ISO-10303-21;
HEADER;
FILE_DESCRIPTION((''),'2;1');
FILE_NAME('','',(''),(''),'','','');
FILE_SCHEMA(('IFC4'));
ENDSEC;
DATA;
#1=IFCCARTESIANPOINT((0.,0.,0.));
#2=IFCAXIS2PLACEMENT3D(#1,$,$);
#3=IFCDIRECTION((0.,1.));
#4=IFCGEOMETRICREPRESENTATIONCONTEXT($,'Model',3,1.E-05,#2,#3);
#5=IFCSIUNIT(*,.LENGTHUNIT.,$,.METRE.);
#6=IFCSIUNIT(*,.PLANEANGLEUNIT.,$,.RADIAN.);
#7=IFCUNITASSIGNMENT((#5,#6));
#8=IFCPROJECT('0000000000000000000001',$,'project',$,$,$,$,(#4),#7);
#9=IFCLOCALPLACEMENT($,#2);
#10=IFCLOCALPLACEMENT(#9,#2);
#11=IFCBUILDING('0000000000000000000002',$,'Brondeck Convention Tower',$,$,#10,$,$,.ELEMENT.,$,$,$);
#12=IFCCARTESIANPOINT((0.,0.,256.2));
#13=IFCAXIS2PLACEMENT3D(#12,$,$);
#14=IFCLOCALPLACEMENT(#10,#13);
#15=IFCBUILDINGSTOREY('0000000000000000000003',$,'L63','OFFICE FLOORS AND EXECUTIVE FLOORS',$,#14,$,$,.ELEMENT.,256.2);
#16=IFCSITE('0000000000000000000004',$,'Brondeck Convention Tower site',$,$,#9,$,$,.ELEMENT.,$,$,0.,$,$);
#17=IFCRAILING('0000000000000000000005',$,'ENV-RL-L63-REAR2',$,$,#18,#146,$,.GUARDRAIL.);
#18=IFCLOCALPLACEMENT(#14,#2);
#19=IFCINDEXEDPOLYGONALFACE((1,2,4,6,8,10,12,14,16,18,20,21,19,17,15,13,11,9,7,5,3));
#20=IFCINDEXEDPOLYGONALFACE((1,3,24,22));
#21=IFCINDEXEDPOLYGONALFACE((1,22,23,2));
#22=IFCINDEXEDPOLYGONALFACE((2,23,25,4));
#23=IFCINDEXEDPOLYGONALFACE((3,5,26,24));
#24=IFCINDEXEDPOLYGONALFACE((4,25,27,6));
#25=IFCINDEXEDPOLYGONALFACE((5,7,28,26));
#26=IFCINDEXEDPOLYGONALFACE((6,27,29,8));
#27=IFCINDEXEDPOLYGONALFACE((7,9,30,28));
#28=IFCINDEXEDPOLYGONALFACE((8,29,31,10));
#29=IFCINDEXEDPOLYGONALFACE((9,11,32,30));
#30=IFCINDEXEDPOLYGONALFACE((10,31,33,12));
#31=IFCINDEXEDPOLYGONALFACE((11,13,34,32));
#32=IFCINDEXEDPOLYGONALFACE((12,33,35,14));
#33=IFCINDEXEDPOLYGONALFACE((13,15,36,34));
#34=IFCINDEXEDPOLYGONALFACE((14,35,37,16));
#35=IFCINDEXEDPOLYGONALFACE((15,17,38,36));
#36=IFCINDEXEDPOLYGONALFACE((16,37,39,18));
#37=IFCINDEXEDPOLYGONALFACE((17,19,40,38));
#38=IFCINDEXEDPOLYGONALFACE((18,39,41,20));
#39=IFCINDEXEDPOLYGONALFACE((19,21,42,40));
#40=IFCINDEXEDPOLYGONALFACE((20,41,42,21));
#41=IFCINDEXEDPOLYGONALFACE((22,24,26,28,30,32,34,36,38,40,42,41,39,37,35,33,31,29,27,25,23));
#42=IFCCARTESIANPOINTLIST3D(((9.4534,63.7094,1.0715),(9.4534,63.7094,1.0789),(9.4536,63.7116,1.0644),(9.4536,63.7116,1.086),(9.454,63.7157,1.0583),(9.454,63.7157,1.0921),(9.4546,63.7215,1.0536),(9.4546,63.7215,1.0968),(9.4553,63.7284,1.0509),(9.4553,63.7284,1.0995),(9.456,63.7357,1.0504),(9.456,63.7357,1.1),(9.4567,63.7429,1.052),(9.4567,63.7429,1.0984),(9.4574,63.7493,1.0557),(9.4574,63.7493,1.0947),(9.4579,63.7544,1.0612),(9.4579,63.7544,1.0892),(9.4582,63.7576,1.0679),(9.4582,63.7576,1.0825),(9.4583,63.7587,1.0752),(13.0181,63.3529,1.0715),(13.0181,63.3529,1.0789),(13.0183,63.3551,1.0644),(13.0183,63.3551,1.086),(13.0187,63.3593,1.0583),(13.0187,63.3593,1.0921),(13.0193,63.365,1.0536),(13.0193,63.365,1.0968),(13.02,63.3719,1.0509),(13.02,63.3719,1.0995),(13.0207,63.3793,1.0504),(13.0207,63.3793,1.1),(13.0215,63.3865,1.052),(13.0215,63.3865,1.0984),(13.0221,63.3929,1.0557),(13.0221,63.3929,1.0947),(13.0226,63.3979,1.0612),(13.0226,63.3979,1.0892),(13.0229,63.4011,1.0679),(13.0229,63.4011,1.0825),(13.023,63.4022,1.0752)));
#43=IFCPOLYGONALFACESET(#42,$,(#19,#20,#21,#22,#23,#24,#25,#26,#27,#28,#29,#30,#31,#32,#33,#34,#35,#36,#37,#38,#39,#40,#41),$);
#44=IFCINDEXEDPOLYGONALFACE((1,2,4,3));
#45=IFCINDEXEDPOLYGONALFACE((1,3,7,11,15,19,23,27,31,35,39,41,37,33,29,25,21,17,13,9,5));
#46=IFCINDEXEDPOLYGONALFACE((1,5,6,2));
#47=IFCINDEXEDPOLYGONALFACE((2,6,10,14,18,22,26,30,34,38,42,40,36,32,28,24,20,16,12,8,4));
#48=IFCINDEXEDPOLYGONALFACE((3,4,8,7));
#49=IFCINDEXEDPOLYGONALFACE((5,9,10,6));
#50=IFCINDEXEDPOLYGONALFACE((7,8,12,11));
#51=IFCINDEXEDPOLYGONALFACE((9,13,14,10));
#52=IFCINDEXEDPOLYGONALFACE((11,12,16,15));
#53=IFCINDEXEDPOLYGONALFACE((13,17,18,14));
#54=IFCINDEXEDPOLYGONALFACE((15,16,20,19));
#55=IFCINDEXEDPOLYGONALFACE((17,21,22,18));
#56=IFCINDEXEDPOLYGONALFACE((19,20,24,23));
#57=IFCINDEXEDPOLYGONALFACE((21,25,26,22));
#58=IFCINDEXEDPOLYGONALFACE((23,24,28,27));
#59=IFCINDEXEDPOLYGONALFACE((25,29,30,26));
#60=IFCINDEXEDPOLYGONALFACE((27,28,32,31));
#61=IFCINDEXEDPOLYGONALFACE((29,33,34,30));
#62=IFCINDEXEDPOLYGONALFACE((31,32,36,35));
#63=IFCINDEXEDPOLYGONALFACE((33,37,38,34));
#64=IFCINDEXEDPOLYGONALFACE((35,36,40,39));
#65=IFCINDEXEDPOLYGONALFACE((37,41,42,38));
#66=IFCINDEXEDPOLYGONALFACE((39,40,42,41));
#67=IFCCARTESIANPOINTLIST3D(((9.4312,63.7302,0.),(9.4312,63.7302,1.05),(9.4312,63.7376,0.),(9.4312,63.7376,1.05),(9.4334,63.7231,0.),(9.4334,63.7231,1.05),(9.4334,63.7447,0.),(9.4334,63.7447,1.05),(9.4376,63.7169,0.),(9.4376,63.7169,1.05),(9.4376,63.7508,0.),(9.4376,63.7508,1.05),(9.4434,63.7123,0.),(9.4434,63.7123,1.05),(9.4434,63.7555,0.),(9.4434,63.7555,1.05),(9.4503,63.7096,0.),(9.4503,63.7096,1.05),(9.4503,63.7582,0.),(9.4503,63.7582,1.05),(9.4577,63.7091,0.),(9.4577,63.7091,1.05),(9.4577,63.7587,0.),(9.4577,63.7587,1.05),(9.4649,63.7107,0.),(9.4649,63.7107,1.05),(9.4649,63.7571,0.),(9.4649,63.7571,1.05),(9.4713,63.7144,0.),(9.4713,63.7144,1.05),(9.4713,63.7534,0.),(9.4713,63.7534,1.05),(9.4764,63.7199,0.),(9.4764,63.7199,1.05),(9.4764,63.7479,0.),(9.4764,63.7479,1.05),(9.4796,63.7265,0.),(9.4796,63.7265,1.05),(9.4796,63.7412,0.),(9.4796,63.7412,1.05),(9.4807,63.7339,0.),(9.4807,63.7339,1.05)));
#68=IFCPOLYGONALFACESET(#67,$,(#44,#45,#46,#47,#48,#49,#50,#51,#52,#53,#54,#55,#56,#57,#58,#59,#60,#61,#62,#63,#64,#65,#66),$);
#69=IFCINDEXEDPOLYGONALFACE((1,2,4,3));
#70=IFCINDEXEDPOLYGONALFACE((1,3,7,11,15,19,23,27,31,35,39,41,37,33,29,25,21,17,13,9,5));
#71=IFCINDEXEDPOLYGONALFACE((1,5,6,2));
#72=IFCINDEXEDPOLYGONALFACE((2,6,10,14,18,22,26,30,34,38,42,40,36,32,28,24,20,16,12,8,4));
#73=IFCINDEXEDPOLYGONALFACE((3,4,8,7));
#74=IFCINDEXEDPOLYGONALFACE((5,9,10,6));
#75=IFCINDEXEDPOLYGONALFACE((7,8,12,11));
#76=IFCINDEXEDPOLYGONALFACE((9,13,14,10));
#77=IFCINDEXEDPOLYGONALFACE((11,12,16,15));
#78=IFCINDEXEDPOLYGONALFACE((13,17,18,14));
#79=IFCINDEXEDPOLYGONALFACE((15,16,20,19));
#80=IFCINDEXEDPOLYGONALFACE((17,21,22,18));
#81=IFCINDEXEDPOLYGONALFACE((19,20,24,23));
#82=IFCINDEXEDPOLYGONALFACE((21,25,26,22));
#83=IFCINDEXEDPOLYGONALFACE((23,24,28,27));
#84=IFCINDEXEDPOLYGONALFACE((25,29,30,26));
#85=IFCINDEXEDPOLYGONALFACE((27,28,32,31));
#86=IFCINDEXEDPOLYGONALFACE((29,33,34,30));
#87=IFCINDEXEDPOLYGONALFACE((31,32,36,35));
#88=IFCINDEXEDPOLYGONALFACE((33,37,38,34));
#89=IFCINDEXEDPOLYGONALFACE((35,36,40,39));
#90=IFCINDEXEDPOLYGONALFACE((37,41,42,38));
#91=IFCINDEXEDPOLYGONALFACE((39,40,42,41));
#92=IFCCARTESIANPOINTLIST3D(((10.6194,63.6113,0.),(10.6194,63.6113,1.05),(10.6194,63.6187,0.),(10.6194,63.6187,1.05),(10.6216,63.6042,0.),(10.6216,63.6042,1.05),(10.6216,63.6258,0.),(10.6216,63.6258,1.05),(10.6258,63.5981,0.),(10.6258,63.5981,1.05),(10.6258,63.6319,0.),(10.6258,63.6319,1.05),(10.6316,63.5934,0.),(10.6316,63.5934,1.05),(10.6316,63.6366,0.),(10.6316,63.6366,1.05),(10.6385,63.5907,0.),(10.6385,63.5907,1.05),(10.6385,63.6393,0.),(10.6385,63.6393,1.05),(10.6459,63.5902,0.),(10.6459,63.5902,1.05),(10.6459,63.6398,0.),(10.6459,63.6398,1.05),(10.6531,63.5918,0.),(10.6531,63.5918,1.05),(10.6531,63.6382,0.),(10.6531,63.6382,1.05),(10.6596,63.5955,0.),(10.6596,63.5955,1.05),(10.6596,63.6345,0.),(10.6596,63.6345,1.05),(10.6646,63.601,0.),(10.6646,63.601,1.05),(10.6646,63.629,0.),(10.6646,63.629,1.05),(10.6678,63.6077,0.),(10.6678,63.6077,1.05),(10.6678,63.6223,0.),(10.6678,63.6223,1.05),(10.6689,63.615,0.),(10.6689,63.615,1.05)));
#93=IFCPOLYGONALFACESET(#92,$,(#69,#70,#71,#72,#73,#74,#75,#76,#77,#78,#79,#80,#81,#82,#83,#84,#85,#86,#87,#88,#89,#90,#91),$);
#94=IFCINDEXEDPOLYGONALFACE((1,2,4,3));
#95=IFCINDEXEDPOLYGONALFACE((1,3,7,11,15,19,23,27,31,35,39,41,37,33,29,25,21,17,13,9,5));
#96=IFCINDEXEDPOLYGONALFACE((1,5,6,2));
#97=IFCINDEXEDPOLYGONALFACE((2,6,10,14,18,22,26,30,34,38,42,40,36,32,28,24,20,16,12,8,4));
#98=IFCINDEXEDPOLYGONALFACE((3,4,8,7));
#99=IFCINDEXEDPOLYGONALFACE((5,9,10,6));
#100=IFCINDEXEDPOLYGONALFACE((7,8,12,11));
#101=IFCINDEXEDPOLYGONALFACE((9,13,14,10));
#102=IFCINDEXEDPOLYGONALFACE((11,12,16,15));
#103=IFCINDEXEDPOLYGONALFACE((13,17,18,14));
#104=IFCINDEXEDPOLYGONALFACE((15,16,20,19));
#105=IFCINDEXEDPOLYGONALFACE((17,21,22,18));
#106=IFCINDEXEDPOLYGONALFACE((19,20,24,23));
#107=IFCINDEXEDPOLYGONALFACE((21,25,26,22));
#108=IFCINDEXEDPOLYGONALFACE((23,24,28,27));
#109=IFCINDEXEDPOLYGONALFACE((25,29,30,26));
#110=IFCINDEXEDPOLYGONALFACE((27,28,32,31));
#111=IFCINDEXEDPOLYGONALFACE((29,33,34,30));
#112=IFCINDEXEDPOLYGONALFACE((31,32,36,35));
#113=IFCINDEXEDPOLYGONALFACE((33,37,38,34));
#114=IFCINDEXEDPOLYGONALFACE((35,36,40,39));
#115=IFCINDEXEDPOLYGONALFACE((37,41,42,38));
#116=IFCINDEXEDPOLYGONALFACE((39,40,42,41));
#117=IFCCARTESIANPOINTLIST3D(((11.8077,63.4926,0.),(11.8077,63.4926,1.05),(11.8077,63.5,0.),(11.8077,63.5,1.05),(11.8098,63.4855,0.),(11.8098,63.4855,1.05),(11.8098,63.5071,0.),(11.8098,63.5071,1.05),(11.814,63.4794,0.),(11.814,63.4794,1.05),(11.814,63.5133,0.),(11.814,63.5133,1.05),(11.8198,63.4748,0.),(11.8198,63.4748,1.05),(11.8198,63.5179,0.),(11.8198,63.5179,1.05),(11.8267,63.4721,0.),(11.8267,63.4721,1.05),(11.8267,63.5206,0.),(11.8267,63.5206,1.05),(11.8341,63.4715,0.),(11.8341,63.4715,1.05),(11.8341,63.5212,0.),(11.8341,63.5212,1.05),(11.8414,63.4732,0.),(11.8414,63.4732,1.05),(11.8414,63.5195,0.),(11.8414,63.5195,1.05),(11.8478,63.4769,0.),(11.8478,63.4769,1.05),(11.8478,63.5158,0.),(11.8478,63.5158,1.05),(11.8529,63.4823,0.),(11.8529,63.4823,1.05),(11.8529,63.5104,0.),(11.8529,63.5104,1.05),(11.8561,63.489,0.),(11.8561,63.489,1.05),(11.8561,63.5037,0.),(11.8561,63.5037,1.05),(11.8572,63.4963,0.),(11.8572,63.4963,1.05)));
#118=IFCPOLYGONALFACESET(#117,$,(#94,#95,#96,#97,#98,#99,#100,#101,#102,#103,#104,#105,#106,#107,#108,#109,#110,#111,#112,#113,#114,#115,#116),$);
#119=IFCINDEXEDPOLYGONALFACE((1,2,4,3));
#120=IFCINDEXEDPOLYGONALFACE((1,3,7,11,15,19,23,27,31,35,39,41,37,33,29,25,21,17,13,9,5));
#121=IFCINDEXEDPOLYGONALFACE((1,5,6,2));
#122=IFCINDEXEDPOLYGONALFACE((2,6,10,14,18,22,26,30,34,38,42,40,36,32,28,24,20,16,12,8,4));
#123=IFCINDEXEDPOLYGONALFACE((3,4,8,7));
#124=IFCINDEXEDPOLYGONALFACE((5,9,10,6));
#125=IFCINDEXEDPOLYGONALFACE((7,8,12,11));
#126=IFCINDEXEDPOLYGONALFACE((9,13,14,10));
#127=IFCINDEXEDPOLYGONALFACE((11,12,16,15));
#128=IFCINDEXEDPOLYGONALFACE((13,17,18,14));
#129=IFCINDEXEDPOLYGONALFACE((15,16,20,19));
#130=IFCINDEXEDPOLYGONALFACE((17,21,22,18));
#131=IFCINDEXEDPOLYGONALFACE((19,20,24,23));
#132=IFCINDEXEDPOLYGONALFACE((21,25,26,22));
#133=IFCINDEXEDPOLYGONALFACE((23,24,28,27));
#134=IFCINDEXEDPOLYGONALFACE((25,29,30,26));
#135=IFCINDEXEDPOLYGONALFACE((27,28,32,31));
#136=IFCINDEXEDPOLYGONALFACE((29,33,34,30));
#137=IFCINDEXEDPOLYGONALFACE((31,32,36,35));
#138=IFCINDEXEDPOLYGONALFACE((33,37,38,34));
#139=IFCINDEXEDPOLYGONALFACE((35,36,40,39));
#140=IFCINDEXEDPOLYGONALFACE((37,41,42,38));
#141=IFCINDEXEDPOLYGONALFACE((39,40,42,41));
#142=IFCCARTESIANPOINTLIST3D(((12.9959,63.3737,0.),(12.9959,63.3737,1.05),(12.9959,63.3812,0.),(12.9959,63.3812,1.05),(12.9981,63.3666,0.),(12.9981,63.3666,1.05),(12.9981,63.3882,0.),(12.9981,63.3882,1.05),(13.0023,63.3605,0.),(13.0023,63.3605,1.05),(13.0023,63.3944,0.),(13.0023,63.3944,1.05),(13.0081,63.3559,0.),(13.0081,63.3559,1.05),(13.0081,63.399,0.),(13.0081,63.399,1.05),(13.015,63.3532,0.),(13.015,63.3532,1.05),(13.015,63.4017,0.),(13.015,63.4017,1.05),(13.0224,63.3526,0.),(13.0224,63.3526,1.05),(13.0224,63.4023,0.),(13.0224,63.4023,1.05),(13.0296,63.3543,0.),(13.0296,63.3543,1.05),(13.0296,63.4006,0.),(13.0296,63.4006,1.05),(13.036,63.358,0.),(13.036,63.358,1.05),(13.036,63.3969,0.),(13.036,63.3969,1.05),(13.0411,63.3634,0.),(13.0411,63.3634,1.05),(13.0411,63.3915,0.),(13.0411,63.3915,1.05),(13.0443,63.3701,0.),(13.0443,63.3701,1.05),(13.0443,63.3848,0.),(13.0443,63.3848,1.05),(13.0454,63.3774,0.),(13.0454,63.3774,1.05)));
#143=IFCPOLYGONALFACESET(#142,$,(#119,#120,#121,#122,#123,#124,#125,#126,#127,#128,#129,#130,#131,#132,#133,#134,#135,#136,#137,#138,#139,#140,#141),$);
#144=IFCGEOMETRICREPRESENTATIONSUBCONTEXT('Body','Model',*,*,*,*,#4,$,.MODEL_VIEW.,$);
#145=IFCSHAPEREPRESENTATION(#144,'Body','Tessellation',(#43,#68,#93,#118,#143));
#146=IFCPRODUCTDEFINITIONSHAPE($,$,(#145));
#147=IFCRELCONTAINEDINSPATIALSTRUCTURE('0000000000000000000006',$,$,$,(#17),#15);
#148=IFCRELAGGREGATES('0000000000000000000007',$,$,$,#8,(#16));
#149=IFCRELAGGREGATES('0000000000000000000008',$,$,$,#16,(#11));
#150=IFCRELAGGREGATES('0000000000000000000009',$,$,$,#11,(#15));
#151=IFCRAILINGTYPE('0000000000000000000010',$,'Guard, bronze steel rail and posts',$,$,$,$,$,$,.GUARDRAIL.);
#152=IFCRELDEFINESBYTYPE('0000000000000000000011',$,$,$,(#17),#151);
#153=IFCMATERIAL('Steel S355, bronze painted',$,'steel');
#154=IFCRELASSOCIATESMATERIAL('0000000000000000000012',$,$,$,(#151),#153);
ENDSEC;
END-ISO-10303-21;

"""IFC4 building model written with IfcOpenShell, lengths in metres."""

from ifc_helpers import new_model, si_unit, direction, frame, origin, origin_2d, place, context, subcontext, project, spatial, circle, extrude, material, type_object, element, save


model = new_model("IFC4")

# Units and contexts
model_context = context("Model", 3, precision=1e-05, world=origin(), true_north=direction((0.0, 1.0)))
body_context = subcontext(model_context, "Body", "Model", "MODEL_VIEW")
ifc_project = project(units=[si_unit("LENGTHUNIT", "METRE"), si_unit("PLANEANGLEUNIT", "RADIAN")], contexts=[model_context])

# Site, building, storey
site_placement = place(None, origin())
site = spatial("IfcSite", under=ifc_project, at=site_placement, Name="Brondeck Convention Tower site", CompositionType="ELEMENT", RefElevation=0.0)
building_placement = place(site_placement, origin())
building = spatial("IfcBuilding", under=site, at=building_placement, Name="Brondeck Convention Tower", CompositionType="ELEMENT")
storey_placement = place(building_placement, frame((0.0, 0.0, 256.2)))
storey = spatial("IfcBuildingStorey", under=building, at=storey_placement, Name="L63", Description="OFFICE FLOORS AND EXECUTIVE FLOORS", CompositionType="ELEMENT", Elevation=256.2)

# Railing
ifc_material_1 = material(Name="Steel S355, bronze painted", Category="steel")
railing_type_1 = type_object("IfcRailingType", Name="Guard, bronze steel rail and posts", PredefinedType="GUARDRAIL", material=ifc_material_1)
railing_1_placement = place(storey_placement, frame((9.4558, 63.7339, 0.0)))
element("IfcRailing", 1, at=railing_1_placement, inside=storey, type_object=railing_type_1, Name="ENV-RL-L63-REAR2", PredefinedType="GUARDRAIL", context=body_context, shape_type="SweptSolid", body=[
    extrude(circle(Radius=0.0249, at=origin_2d()), frame((0.0, 0.0, 1.0752), z_axis=(0.995038, -0.099497, 0.0), x_axis=(0.099497, 0.995038, 0.0)), (0.0, 0.0, 1.0), 3.5825),
    extrude(circle(Radius=0.0249, at=origin_2d()), origin(), (0.0, 0.0, 1.0), 1.05),
    extrude(circle(Radius=0.0249, at=origin_2d()), frame((1.1882, -0.1189, 0.0)), (0.0, 0.0, 1.0), 1.05),
    extrude(circle(Radius=0.0249, at=origin_2d()), frame((2.3765, -0.2375, 0.0)), (0.0, 0.0, 1.0), 1.05),
    extrude(circle(Radius=0.0249, at=origin_2d()), frame((3.5647, -0.3564, 0.0)), (0.0, 0.0, 1.0), 1.05),
])

save(model, "model.ifc")
